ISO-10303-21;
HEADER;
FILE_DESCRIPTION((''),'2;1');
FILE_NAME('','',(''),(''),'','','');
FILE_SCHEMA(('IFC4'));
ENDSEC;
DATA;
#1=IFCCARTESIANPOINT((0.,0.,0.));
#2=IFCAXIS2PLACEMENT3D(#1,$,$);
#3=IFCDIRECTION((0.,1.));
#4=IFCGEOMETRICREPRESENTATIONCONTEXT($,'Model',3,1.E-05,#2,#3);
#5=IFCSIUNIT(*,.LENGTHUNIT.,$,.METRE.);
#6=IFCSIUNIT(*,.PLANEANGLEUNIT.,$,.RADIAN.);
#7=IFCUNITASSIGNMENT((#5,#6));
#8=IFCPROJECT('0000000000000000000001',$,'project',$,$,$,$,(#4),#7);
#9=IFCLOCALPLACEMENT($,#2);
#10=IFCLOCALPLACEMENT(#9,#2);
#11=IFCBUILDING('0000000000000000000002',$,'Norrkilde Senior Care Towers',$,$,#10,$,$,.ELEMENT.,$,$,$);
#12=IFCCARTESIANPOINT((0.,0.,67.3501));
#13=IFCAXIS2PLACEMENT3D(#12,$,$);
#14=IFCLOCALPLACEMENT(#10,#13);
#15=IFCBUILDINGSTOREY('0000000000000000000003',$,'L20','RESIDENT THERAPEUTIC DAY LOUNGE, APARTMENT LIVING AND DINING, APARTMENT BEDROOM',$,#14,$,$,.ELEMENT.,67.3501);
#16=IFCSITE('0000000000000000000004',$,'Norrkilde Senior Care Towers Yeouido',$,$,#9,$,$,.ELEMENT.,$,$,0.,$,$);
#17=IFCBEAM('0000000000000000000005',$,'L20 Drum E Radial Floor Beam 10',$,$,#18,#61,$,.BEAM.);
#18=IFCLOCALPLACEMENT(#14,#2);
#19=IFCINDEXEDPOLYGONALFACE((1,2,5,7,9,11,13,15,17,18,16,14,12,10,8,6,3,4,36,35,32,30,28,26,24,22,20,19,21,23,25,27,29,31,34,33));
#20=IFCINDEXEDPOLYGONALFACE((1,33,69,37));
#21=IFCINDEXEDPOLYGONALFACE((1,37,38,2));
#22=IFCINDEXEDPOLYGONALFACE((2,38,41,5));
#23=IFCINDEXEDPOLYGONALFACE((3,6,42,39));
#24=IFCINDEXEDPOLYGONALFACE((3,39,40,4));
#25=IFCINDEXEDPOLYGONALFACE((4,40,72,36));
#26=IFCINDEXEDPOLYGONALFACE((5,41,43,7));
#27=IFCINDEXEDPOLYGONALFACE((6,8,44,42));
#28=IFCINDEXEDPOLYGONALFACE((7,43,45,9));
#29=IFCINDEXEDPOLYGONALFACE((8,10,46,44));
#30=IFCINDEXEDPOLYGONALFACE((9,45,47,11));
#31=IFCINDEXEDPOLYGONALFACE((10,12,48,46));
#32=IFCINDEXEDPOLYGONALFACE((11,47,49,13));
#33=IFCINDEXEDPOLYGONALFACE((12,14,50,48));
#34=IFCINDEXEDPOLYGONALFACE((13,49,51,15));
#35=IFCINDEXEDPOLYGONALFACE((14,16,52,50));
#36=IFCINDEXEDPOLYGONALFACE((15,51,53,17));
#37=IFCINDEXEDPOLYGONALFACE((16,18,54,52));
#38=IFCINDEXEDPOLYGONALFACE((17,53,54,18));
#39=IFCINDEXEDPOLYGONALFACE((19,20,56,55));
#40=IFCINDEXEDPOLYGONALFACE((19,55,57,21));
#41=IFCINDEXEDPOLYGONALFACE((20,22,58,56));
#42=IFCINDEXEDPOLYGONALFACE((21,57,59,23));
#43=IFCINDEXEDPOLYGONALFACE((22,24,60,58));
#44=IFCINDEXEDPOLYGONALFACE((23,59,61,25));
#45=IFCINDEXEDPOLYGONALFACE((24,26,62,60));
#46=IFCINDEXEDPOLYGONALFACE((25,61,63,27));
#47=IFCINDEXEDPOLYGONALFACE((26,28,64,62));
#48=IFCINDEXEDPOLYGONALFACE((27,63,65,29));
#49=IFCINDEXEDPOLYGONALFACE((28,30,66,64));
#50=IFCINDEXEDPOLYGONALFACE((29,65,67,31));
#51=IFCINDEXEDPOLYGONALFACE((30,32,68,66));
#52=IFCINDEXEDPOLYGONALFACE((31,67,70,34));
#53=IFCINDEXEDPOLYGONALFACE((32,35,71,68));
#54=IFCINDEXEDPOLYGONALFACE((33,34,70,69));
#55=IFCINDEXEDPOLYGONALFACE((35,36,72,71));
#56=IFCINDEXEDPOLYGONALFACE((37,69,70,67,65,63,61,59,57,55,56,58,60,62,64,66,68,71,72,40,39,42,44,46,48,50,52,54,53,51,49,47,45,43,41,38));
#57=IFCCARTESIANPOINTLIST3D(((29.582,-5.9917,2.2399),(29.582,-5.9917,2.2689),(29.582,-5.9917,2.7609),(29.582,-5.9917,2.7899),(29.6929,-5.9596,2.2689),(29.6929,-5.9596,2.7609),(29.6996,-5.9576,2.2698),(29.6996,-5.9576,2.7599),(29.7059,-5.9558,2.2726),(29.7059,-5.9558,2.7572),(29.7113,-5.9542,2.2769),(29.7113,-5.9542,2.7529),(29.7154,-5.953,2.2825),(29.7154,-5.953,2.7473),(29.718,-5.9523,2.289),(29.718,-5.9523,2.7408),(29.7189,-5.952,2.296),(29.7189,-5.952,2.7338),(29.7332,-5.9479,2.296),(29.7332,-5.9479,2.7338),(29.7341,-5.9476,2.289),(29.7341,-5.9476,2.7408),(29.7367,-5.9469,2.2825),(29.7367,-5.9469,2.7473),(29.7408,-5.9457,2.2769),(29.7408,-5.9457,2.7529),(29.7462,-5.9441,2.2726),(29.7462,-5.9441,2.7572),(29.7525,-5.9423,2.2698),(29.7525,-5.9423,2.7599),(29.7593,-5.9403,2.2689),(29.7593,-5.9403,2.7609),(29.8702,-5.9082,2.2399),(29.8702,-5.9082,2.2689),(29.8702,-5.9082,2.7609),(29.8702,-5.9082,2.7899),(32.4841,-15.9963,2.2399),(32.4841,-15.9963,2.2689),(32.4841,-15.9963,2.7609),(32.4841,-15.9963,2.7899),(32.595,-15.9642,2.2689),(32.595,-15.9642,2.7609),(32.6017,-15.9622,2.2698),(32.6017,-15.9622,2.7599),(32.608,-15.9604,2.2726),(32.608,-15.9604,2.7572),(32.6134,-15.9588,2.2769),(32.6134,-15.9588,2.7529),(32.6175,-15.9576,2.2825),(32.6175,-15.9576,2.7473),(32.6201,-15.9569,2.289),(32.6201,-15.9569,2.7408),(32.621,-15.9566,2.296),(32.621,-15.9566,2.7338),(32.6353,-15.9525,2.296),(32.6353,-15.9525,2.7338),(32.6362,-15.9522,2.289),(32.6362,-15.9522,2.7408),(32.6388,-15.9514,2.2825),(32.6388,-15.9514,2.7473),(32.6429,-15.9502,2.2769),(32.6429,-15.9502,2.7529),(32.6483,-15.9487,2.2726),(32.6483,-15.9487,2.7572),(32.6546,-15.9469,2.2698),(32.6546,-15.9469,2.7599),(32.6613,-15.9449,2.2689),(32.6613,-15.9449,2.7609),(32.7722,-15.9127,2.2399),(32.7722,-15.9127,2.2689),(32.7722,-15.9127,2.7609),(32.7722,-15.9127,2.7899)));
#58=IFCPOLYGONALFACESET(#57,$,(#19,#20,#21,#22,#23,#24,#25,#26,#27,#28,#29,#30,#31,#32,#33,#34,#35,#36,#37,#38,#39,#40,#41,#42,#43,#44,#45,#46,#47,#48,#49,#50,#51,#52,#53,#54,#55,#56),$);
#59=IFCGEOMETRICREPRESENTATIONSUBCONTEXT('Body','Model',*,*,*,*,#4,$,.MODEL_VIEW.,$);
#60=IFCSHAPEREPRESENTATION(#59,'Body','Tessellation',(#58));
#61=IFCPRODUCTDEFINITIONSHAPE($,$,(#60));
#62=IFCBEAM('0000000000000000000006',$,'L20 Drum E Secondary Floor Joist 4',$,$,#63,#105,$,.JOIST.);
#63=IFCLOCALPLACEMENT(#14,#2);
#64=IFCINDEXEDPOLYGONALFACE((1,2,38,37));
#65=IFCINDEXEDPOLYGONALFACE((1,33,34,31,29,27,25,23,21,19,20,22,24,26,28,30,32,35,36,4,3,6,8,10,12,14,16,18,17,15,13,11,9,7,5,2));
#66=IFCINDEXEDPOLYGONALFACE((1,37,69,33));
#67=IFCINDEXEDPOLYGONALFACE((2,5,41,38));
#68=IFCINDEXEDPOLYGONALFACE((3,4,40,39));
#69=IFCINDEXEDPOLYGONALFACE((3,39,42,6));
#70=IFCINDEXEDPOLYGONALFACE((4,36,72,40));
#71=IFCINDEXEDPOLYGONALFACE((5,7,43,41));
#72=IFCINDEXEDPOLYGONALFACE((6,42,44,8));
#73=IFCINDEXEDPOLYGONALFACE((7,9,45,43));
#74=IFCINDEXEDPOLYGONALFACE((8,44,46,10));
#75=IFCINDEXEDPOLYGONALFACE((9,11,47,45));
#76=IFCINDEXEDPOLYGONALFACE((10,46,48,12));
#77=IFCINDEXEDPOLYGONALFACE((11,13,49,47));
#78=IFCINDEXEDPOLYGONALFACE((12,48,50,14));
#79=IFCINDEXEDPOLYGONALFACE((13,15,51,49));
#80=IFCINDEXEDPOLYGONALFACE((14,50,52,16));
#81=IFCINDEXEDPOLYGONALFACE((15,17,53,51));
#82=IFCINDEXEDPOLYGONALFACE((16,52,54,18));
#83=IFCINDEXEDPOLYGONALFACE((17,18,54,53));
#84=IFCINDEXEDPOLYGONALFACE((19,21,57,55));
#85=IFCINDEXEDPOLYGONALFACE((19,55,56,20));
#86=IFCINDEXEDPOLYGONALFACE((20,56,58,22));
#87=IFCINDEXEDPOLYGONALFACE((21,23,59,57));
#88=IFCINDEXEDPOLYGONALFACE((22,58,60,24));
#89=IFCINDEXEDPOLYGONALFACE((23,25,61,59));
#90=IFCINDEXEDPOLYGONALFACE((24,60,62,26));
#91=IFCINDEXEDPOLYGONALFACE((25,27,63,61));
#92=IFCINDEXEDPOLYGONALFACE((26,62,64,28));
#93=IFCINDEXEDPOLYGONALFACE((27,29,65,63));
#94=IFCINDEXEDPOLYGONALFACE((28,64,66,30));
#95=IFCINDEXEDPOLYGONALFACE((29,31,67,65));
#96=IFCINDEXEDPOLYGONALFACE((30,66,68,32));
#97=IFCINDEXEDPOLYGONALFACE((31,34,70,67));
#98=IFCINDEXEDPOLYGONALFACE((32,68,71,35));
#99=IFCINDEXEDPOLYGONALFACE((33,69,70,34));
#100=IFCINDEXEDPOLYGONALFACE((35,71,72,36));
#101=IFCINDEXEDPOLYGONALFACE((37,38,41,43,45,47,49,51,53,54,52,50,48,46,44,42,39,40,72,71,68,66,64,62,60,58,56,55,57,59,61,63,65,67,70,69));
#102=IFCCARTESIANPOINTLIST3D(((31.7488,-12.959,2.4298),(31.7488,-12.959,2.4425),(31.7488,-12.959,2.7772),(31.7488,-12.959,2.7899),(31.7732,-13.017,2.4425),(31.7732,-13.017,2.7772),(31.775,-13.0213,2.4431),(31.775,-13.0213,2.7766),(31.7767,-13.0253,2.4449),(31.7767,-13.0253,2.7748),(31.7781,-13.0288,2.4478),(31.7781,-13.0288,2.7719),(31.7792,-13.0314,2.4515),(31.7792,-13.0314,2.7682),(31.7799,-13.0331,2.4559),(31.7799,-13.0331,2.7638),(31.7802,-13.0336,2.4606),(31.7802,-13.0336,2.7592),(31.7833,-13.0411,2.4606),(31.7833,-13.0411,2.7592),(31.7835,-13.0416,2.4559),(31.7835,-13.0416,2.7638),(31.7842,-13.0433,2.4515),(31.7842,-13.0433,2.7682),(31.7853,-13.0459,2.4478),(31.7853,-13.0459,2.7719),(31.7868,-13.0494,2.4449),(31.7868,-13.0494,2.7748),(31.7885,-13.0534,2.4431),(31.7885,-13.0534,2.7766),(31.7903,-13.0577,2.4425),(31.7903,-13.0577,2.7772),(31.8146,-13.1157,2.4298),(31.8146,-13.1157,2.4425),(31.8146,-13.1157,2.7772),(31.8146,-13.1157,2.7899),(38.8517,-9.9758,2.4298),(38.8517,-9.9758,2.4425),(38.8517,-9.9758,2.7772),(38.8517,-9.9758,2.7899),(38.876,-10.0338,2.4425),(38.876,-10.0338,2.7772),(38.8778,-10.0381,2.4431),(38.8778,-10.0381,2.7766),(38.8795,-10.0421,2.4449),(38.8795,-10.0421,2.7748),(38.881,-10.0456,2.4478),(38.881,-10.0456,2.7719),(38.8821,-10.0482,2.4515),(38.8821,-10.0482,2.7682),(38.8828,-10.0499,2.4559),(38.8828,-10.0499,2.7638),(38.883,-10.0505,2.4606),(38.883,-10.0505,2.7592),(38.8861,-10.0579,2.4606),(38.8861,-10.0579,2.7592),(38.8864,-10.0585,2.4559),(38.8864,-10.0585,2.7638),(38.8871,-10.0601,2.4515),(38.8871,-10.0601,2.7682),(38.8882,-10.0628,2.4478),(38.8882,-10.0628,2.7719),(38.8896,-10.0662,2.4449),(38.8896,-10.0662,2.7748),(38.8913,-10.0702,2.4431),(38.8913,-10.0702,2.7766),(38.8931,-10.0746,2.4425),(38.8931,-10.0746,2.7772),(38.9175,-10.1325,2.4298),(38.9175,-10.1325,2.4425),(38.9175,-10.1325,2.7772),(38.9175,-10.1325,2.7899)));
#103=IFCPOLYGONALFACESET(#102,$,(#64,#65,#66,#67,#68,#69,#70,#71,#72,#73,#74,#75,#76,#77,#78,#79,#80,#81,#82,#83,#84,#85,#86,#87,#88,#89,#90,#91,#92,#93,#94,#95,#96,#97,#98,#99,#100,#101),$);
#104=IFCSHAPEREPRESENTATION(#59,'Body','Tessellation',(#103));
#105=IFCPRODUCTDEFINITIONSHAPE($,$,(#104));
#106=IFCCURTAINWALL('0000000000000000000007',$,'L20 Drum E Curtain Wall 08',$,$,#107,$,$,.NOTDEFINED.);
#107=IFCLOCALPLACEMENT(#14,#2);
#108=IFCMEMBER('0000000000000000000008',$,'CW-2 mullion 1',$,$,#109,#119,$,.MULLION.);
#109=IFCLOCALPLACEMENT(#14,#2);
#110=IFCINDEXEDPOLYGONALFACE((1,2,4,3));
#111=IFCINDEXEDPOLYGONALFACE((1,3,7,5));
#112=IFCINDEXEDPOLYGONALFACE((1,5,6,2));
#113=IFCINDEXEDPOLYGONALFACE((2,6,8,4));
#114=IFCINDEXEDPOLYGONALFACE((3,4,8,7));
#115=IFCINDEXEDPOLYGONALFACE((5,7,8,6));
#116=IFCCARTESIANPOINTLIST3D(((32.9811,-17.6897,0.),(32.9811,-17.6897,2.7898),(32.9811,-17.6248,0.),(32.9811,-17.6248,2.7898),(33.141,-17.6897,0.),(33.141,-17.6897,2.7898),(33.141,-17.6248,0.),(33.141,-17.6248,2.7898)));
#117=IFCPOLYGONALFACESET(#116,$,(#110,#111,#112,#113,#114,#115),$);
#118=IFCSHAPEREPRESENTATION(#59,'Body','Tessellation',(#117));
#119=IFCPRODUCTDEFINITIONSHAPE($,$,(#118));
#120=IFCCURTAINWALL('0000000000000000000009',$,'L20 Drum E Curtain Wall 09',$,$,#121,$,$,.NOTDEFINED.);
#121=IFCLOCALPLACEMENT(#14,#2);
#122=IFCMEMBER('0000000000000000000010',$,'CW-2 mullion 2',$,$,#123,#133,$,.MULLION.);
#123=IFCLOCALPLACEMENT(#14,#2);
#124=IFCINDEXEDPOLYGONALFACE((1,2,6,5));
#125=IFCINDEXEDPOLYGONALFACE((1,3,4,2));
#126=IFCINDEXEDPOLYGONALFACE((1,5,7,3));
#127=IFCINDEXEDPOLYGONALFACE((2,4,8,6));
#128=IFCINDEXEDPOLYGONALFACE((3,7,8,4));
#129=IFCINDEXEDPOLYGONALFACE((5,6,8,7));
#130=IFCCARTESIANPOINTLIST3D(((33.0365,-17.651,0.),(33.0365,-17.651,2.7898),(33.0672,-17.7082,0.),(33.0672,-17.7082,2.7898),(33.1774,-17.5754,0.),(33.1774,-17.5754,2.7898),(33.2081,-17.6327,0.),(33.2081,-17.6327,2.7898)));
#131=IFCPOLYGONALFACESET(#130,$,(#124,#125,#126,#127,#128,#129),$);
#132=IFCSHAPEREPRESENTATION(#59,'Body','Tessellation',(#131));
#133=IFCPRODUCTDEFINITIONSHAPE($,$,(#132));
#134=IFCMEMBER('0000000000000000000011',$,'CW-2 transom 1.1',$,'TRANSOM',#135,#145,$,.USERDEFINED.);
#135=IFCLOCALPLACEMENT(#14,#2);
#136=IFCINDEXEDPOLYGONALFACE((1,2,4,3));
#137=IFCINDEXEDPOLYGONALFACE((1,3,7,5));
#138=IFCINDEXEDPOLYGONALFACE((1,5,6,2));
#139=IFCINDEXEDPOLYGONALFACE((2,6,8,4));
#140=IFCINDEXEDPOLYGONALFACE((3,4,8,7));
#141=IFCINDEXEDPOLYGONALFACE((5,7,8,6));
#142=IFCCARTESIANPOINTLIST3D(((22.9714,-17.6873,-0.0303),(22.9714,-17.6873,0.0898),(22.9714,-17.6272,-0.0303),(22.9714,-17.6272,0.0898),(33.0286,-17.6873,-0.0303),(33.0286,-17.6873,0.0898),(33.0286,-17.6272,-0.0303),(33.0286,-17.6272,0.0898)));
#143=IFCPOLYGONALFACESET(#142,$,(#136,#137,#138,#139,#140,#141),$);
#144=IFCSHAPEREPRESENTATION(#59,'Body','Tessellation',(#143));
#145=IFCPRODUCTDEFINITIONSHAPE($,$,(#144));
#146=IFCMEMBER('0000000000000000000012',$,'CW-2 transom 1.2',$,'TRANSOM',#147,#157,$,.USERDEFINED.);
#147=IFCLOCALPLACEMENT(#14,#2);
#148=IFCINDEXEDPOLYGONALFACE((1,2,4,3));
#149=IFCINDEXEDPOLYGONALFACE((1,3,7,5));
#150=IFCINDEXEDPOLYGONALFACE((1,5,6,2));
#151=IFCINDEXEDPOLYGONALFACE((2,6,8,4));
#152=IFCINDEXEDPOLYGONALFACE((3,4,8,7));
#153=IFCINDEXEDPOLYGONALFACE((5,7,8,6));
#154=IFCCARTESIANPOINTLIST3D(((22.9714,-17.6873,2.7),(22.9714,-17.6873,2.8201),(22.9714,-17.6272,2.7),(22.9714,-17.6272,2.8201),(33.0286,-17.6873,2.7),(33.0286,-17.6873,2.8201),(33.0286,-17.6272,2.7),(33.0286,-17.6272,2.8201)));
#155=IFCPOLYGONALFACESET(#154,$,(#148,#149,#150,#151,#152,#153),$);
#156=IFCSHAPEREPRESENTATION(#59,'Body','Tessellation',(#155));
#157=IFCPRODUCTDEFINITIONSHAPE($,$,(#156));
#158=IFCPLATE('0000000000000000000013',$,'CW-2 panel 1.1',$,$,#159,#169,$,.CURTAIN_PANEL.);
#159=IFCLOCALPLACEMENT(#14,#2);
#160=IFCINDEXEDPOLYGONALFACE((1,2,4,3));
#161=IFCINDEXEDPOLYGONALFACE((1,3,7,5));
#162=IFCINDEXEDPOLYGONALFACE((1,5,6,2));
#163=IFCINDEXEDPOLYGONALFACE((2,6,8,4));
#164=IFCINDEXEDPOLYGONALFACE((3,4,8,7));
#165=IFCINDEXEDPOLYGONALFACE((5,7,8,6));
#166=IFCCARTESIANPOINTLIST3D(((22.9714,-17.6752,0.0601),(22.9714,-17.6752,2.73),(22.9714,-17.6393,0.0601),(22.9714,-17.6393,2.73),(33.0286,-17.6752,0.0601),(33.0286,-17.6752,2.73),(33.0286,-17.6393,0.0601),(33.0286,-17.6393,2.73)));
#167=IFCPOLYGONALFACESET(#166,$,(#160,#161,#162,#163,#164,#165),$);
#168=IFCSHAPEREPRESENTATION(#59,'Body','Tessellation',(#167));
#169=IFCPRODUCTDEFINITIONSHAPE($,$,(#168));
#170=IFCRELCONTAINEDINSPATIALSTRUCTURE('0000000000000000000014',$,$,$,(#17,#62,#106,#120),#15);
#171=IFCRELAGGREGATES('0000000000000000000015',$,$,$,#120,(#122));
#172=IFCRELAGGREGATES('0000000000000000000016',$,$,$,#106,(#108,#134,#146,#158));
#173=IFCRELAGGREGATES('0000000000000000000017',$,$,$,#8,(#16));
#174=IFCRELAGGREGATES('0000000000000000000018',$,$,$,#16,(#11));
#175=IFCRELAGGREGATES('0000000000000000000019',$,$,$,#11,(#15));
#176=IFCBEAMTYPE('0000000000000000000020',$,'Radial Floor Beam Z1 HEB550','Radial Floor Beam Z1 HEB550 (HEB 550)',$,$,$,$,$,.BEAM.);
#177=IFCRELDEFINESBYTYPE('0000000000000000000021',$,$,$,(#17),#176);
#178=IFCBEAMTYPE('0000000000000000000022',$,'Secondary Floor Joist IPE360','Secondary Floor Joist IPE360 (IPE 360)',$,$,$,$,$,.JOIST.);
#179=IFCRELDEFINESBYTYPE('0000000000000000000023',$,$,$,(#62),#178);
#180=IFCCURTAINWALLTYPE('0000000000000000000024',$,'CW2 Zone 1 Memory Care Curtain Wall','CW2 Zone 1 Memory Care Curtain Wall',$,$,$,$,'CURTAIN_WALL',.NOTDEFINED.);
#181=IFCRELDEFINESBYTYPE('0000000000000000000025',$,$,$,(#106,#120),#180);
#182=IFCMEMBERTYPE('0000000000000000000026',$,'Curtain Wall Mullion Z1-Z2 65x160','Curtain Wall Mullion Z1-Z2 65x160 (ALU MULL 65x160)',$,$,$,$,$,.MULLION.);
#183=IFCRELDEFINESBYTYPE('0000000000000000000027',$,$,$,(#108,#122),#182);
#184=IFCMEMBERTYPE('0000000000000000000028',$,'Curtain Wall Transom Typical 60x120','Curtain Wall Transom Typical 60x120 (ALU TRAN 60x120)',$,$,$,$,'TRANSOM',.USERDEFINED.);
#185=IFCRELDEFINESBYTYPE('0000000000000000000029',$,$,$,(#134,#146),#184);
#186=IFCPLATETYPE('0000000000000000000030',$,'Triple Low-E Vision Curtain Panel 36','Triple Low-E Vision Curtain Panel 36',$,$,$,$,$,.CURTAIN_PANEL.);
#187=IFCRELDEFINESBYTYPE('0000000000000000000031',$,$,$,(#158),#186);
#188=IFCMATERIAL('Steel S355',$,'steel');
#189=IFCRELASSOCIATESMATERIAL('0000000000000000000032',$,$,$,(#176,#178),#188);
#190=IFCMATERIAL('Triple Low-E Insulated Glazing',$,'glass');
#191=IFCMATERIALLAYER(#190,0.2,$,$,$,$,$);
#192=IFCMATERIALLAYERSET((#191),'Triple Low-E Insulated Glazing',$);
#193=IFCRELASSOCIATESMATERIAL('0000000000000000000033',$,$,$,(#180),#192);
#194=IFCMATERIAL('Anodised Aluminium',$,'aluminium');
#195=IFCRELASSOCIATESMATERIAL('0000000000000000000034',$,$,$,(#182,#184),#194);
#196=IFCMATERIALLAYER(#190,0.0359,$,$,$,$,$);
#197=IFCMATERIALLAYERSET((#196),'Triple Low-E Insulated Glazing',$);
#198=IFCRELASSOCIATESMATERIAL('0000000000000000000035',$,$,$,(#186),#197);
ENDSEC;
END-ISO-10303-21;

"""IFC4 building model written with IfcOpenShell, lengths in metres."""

from ifc_helpers import new_model, si_unit, direction, frame, origin, origin_2d, place, context, subcontext, project, spatial, rectangle, i_section, extrude, source, transform, mapped, material, layer, layer_set, material_profile, profile_set, type_object, type_shapes, element, aggregate, save


model = new_model("IFC4")

# Units and contexts
model_context = context("Model", 3, precision=1e-05, world=origin(), true_north=direction((0.0, 1.0)))
body_context = subcontext(model_context, "Body", "Model", "MODEL_VIEW")
ifc_project = project(units=[si_unit("LENGTHUNIT", "METRE"), si_unit("PLANEANGLEUNIT", "RADIAN")], contexts=[model_context])

# Site, building, storey
site_placement = place(None, origin())
site = spatial("IfcSite", under=ifc_project, at=site_placement, Name="Norrkilde Senior Care Towers Yeouido", CompositionType="ELEMENT", RefElevation=0.0)
building_placement = place(site_placement, origin())
building = spatial("IfcBuilding", under=site, at=building_placement, Name="Norrkilde Senior Care Towers", CompositionType="ELEMENT")
storey_placement = place(building_placement, frame((0.0, 0.0, 67.3501)))
storey = spatial("IfcBuildingStorey", under=building, at=storey_placement, Name="L20", Description="RESIDENT THERAPEUTIC DAY LOUNGE, APARTMENT LIVING AND DINING, APARTMENT BEDROOM", CompositionType="ELEMENT", Elevation=67.3501)

# Beams
ifc_material_1 = material(Name="Steel S355", Category="steel")
ifc_material_profile_1 = material_profile(ifc_material_1, i_section(OverallWidth=0.3, OverallDepth=0.55, WebThickness=0.0149, FlangeThickness=0.0291, FilletRadius=0.0271, at=origin_2d()), Name="HEB 550")
ifc_profile_set_1 = profile_set([ifc_material_profile_1], Name="Steel S355")
beam_type_1 = type_object("IfcBeamType", Name="Radial Floor Beam Z1 HEB550", Description="Radial Floor Beam Z1 HEB550 (HEB 550)", PredefinedType="BEAM", material=ifc_profile_set_1)
shared_shape_1 = source(origin(), body_context, "Body", "SweptSolid", [
    extrude(i_section(OverallWidth=0.3, OverallDepth=0.55, WebThickness=0.0149, FlangeThickness=0.0291, FilletRadius=0.0271, at=origin_2d()), origin(), (0.0, 0.0, 1.0), 10.417),
])
beam_1_placement = place(storey_placement, frame((29.7261, -5.95, 2.5149), z_axis=(0.278591, -0.96041, 0.0), x_axis=(0.96041, 0.278591, 0.0)))
element("IfcBeam", 1, at=beam_1_placement, inside=storey, type_object=beam_type_1, Name="L20 Drum E Radial Floor Beam 10", PredefinedType="BEAM", context=body_context, shape_type="MappedRepresentation", body=[
    mapped(shared_shape_1, transform((0.0, 0.0, 0.0), x_axis=(1.0, 0.0, 0.0), y_axis=(0.0, 1.0, 0.0), z_axis=(0.0, 0.0, 1.0), scale=1.0)),
])
ifc_material_profile_2 = material_profile(ifc_material_1, i_section(OverallWidth=0.1699, OverallDepth=0.3601, WebThickness=0.0081, FlangeThickness=0.0127, FilletRadius=0.0181, at=origin_2d()), Name="IPE 360")
ifc_profile_set_2 = profile_set([ifc_material_profile_2], Name="Steel S355")
beam_type_2 = type_object("IfcBeamType", Name="Secondary Floor Joist IPE360", Description="Secondary Floor Joist IPE360 (IPE 360)", PredefinedType="JOIST", material=ifc_profile_set_2)
shared_shape_2 = source(origin(), body_context, "Body", "SweptSolid", [
    extrude(i_section(OverallWidth=0.1699, OverallDepth=0.3601, WebThickness=0.0081, FlangeThickness=0.0127, FilletRadius=0.0181, at=origin_2d()), origin(), (0.0, 0.0, 1.0), 7.7039),
])
type_shapes(beam_type_2, [shared_shape_2])
beam_2_placement = place(storey_placement, frame((31.7817, -13.0374, 2.6099), z_axis=(0.921983, 0.387231, 0.0), x_axis=(-0.387231, 0.921983, 0.0)))
element("IfcBeam", 2, at=beam_2_placement, inside=storey, type_object=beam_type_2, Name="L20 Drum E Secondary Floor Joist 4", PredefinedType="JOIST", context=body_context, shape_type="MappedRepresentation", body=[
    mapped(shared_shape_2, transform((0.0, 0.0, 0.0), x_axis=(1.0, 0.0, 0.0), y_axis=(0.0, 1.0, 0.0), z_axis=(0.0, 0.0, 1.0), scale=1.0)),
])

# Curtain walls, members
ifc_material_2 = material(Name="Triple Low-E Insulated Glazing", Category="glass")
ifc_layer_1 = layer(ifc_material_2, 0.2)
ifc_layer_set_1 = layer_set([ifc_layer_1], Name="Triple Low-E Insulated Glazing")
curtain_wall_type = type_object("IfcCurtainWallType", Name="CW2 Zone 1 Memory Care Curtain Wall", Description="CW2 Zone 1 Memory Care Curtain Wall", ElementType="CURTAIN_WALL", PredefinedType="NOTDEFINED", material=ifc_layer_set_1)
curtain_wall_1_placement = place(storey_placement, origin())
curtain_wall_1 = element("IfcCurtainWall", 3, at=curtain_wall_1_placement, inside=storey, type_object=curtain_wall_type, Name="L20 Drum E Curtain Wall 08", PredefinedType="NOTDEFINED")
ifc_material_3 = material(Name="Anodised Aluminium", Category="aluminium")
ifc_material_profile_3 = material_profile(ifc_material_3, rectangle(XDim=0.0649, YDim=0.1599, at=origin_2d()), Name="ALU MULL 65x160")
ifc_profile_set_3 = profile_set([ifc_material_profile_3], Name="Anodised Aluminium")
member_type_1 = type_object("IfcMemberType", Name="Curtain Wall Mullion Z1-Z2 65x160", Description="Curtain Wall Mullion Z1-Z2 65x160 (ALU MULL 65x160)", PredefinedType="MULLION", material=ifc_profile_set_3)
shared_shape_3 = source(origin(), body_context, "Body", "SweptSolid", [
    extrude(rectangle(XDim=0.0649, YDim=0.1599, at=origin_2d()), origin(), (0.0, 0.0, 1.0), 2.7898),
])
type_shapes(member_type_1, [shared_shape_3])
member_1_placement = place(storey_placement, frame((33.061, -17.6572, 0.0), z_axis=(0.0, 0.0, 1.0), x_axis=(0.0, -1.0, 0.0)))
member_1 = element("IfcMember", 4, at=member_1_placement, type_object=member_type_1, Name="CW-2 mullion 1", PredefinedType="MULLION", context=body_context, shape_type="MappedRepresentation", body=[
    mapped(shared_shape_3, transform((0.0, 0.0, 0.0), x_axis=(1.0, 0.0, 0.0), y_axis=(0.0, 1.0, 0.0), z_axis=(0.0, 0.0, 1.0), scale=1.0)),
])
curtain_wall_2_placement = place(storey_placement, origin())
curtain_wall_2 = element("IfcCurtainWall", 5, at=curtain_wall_2_placement, inside=storey, type_object=curtain_wall_type, Name="L20 Drum E Curtain Wall 09", PredefinedType="NOTDEFINED")
member_2_placement = place(storey_placement, frame((33.1223, -17.6418, 0.0), z_axis=(0.0, 0.0, 1.0), x_axis=(0.472608, -0.881273, 0.0)))
member_2 = element("IfcMember", 6, at=member_2_placement, type_object=member_type_1, Name="CW-2 mullion 2", PredefinedType="MULLION", context=body_context, shape_type="MappedRepresentation", body=[
    mapped(shared_shape_3, transform((0.0, 0.0, 0.0), x_axis=(1.0, 0.0, 0.0), y_axis=(0.0, 1.0, 0.0), z_axis=(0.0, 0.0, 1.0), scale=1.0)),
])
aggregate(curtain_wall_2, [member_2])

# Members
ifc_material_profile_4 = material_profile(ifc_material_3, rectangle(XDim=0.0601, YDim=0.1201, at=origin_2d()), Name="ALU TRAN 60x120")
ifc_profile_set_4 = profile_set([ifc_material_profile_4], Name="Anodised Aluminium")
member_type_2 = type_object("IfcMemberType", Name="Curtain Wall Transom Typical 60x120", Description="Curtain Wall Transom Typical 60x120 (ALU TRAN 60x120)", ElementType="TRANSOM", PredefinedType="USERDEFINED", material=ifc_profile_set_4)
shared_shape_4 = source(origin(), body_context, "Body", "SweptSolid", [
    extrude(rectangle(XDim=0.0601, YDim=0.1201, at=origin_2d()), origin(), (0.0, 0.0, 1.0), 10.0571),
])
type_shapes(member_type_2, [shared_shape_4])
member_3_placement = place(storey_placement, frame((33.0286, -17.6572, 0.0298), z_axis=(-1.0, 0.0, 0.0), x_axis=(0.0, -1.0, 0.0)))
member_3 = element("IfcMember", 7, at=member_3_placement, type_object=member_type_2, Name="CW-2 transom 1.1", ObjectType="TRANSOM", PredefinedType="USERDEFINED", context=body_context, shape_type="MappedRepresentation", body=[
    mapped(shared_shape_4, transform((0.0, 0.0, 0.0), x_axis=(1.0, 0.0, 0.0), y_axis=(0.0, 1.0, 0.0), z_axis=(0.0, 0.0, 1.0), scale=1.0)),
])
member_4_placement = place(storey_placement, frame((33.0286, -17.6572, 2.76), z_axis=(-1.0, 0.0, 0.0), x_axis=(0.0, -1.0, 0.0)))
member_4 = element("IfcMember", 8, at=member_4_placement, type_object=member_type_2, Name="CW-2 transom 1.2", ObjectType="TRANSOM", PredefinedType="USERDEFINED", context=body_context, shape_type="MappedRepresentation", body=[
    mapped(shared_shape_4, transform((0.0, 0.0, 0.0), x_axis=(1.0, 0.0, 0.0), y_axis=(0.0, 1.0, 0.0), z_axis=(0.0, 0.0, 1.0), scale=1.0)),
])

# Plate
ifc_layer_2 = layer(ifc_material_2, 0.0359)
ifc_layer_set_2 = layer_set([ifc_layer_2], Name="Triple Low-E Insulated Glazing")
plate_type = type_object("IfcPlateType", Name="Triple Low-E Vision Curtain Panel 36", Description="Triple Low-E Vision Curtain Panel 36", PredefinedType="CURTAIN_PANEL", material=ifc_layer_set_2)
shared_shape_5 = source(origin(), body_context, "Body", "SweptSolid", [
    extrude(rectangle(XDim=10.0571, YDim=0.0359, at=origin_2d()), origin(), (0.0, 0.0, 1.0), 2.6699),
])
type_shapes(plate_type, [shared_shape_5])
plate_placement = place(storey_placement, frame((28.0, -17.6572, 0.0601), z_axis=(0.0, 0.0, 1.0), x_axis=(-1.0, 0.0, 0.0)))
plate = element("IfcPlate", 9, at=plate_placement, type_object=plate_type, Name="CW-2 panel 1.1", PredefinedType="CURTAIN_PANEL", context=body_context, shape_type="MappedRepresentation", body=[
    mapped(shared_shape_5, transform((0.0, 0.0, 0.0), x_axis=(1.0, 0.0, 0.0), y_axis=(0.0, 1.0, 0.0), z_axis=(0.0, 0.0, 1.0), scale=1.0)),
])
aggregate(curtain_wall_1, [member_1, member_3, member_4, plate])

save(model, "model.ifc")
